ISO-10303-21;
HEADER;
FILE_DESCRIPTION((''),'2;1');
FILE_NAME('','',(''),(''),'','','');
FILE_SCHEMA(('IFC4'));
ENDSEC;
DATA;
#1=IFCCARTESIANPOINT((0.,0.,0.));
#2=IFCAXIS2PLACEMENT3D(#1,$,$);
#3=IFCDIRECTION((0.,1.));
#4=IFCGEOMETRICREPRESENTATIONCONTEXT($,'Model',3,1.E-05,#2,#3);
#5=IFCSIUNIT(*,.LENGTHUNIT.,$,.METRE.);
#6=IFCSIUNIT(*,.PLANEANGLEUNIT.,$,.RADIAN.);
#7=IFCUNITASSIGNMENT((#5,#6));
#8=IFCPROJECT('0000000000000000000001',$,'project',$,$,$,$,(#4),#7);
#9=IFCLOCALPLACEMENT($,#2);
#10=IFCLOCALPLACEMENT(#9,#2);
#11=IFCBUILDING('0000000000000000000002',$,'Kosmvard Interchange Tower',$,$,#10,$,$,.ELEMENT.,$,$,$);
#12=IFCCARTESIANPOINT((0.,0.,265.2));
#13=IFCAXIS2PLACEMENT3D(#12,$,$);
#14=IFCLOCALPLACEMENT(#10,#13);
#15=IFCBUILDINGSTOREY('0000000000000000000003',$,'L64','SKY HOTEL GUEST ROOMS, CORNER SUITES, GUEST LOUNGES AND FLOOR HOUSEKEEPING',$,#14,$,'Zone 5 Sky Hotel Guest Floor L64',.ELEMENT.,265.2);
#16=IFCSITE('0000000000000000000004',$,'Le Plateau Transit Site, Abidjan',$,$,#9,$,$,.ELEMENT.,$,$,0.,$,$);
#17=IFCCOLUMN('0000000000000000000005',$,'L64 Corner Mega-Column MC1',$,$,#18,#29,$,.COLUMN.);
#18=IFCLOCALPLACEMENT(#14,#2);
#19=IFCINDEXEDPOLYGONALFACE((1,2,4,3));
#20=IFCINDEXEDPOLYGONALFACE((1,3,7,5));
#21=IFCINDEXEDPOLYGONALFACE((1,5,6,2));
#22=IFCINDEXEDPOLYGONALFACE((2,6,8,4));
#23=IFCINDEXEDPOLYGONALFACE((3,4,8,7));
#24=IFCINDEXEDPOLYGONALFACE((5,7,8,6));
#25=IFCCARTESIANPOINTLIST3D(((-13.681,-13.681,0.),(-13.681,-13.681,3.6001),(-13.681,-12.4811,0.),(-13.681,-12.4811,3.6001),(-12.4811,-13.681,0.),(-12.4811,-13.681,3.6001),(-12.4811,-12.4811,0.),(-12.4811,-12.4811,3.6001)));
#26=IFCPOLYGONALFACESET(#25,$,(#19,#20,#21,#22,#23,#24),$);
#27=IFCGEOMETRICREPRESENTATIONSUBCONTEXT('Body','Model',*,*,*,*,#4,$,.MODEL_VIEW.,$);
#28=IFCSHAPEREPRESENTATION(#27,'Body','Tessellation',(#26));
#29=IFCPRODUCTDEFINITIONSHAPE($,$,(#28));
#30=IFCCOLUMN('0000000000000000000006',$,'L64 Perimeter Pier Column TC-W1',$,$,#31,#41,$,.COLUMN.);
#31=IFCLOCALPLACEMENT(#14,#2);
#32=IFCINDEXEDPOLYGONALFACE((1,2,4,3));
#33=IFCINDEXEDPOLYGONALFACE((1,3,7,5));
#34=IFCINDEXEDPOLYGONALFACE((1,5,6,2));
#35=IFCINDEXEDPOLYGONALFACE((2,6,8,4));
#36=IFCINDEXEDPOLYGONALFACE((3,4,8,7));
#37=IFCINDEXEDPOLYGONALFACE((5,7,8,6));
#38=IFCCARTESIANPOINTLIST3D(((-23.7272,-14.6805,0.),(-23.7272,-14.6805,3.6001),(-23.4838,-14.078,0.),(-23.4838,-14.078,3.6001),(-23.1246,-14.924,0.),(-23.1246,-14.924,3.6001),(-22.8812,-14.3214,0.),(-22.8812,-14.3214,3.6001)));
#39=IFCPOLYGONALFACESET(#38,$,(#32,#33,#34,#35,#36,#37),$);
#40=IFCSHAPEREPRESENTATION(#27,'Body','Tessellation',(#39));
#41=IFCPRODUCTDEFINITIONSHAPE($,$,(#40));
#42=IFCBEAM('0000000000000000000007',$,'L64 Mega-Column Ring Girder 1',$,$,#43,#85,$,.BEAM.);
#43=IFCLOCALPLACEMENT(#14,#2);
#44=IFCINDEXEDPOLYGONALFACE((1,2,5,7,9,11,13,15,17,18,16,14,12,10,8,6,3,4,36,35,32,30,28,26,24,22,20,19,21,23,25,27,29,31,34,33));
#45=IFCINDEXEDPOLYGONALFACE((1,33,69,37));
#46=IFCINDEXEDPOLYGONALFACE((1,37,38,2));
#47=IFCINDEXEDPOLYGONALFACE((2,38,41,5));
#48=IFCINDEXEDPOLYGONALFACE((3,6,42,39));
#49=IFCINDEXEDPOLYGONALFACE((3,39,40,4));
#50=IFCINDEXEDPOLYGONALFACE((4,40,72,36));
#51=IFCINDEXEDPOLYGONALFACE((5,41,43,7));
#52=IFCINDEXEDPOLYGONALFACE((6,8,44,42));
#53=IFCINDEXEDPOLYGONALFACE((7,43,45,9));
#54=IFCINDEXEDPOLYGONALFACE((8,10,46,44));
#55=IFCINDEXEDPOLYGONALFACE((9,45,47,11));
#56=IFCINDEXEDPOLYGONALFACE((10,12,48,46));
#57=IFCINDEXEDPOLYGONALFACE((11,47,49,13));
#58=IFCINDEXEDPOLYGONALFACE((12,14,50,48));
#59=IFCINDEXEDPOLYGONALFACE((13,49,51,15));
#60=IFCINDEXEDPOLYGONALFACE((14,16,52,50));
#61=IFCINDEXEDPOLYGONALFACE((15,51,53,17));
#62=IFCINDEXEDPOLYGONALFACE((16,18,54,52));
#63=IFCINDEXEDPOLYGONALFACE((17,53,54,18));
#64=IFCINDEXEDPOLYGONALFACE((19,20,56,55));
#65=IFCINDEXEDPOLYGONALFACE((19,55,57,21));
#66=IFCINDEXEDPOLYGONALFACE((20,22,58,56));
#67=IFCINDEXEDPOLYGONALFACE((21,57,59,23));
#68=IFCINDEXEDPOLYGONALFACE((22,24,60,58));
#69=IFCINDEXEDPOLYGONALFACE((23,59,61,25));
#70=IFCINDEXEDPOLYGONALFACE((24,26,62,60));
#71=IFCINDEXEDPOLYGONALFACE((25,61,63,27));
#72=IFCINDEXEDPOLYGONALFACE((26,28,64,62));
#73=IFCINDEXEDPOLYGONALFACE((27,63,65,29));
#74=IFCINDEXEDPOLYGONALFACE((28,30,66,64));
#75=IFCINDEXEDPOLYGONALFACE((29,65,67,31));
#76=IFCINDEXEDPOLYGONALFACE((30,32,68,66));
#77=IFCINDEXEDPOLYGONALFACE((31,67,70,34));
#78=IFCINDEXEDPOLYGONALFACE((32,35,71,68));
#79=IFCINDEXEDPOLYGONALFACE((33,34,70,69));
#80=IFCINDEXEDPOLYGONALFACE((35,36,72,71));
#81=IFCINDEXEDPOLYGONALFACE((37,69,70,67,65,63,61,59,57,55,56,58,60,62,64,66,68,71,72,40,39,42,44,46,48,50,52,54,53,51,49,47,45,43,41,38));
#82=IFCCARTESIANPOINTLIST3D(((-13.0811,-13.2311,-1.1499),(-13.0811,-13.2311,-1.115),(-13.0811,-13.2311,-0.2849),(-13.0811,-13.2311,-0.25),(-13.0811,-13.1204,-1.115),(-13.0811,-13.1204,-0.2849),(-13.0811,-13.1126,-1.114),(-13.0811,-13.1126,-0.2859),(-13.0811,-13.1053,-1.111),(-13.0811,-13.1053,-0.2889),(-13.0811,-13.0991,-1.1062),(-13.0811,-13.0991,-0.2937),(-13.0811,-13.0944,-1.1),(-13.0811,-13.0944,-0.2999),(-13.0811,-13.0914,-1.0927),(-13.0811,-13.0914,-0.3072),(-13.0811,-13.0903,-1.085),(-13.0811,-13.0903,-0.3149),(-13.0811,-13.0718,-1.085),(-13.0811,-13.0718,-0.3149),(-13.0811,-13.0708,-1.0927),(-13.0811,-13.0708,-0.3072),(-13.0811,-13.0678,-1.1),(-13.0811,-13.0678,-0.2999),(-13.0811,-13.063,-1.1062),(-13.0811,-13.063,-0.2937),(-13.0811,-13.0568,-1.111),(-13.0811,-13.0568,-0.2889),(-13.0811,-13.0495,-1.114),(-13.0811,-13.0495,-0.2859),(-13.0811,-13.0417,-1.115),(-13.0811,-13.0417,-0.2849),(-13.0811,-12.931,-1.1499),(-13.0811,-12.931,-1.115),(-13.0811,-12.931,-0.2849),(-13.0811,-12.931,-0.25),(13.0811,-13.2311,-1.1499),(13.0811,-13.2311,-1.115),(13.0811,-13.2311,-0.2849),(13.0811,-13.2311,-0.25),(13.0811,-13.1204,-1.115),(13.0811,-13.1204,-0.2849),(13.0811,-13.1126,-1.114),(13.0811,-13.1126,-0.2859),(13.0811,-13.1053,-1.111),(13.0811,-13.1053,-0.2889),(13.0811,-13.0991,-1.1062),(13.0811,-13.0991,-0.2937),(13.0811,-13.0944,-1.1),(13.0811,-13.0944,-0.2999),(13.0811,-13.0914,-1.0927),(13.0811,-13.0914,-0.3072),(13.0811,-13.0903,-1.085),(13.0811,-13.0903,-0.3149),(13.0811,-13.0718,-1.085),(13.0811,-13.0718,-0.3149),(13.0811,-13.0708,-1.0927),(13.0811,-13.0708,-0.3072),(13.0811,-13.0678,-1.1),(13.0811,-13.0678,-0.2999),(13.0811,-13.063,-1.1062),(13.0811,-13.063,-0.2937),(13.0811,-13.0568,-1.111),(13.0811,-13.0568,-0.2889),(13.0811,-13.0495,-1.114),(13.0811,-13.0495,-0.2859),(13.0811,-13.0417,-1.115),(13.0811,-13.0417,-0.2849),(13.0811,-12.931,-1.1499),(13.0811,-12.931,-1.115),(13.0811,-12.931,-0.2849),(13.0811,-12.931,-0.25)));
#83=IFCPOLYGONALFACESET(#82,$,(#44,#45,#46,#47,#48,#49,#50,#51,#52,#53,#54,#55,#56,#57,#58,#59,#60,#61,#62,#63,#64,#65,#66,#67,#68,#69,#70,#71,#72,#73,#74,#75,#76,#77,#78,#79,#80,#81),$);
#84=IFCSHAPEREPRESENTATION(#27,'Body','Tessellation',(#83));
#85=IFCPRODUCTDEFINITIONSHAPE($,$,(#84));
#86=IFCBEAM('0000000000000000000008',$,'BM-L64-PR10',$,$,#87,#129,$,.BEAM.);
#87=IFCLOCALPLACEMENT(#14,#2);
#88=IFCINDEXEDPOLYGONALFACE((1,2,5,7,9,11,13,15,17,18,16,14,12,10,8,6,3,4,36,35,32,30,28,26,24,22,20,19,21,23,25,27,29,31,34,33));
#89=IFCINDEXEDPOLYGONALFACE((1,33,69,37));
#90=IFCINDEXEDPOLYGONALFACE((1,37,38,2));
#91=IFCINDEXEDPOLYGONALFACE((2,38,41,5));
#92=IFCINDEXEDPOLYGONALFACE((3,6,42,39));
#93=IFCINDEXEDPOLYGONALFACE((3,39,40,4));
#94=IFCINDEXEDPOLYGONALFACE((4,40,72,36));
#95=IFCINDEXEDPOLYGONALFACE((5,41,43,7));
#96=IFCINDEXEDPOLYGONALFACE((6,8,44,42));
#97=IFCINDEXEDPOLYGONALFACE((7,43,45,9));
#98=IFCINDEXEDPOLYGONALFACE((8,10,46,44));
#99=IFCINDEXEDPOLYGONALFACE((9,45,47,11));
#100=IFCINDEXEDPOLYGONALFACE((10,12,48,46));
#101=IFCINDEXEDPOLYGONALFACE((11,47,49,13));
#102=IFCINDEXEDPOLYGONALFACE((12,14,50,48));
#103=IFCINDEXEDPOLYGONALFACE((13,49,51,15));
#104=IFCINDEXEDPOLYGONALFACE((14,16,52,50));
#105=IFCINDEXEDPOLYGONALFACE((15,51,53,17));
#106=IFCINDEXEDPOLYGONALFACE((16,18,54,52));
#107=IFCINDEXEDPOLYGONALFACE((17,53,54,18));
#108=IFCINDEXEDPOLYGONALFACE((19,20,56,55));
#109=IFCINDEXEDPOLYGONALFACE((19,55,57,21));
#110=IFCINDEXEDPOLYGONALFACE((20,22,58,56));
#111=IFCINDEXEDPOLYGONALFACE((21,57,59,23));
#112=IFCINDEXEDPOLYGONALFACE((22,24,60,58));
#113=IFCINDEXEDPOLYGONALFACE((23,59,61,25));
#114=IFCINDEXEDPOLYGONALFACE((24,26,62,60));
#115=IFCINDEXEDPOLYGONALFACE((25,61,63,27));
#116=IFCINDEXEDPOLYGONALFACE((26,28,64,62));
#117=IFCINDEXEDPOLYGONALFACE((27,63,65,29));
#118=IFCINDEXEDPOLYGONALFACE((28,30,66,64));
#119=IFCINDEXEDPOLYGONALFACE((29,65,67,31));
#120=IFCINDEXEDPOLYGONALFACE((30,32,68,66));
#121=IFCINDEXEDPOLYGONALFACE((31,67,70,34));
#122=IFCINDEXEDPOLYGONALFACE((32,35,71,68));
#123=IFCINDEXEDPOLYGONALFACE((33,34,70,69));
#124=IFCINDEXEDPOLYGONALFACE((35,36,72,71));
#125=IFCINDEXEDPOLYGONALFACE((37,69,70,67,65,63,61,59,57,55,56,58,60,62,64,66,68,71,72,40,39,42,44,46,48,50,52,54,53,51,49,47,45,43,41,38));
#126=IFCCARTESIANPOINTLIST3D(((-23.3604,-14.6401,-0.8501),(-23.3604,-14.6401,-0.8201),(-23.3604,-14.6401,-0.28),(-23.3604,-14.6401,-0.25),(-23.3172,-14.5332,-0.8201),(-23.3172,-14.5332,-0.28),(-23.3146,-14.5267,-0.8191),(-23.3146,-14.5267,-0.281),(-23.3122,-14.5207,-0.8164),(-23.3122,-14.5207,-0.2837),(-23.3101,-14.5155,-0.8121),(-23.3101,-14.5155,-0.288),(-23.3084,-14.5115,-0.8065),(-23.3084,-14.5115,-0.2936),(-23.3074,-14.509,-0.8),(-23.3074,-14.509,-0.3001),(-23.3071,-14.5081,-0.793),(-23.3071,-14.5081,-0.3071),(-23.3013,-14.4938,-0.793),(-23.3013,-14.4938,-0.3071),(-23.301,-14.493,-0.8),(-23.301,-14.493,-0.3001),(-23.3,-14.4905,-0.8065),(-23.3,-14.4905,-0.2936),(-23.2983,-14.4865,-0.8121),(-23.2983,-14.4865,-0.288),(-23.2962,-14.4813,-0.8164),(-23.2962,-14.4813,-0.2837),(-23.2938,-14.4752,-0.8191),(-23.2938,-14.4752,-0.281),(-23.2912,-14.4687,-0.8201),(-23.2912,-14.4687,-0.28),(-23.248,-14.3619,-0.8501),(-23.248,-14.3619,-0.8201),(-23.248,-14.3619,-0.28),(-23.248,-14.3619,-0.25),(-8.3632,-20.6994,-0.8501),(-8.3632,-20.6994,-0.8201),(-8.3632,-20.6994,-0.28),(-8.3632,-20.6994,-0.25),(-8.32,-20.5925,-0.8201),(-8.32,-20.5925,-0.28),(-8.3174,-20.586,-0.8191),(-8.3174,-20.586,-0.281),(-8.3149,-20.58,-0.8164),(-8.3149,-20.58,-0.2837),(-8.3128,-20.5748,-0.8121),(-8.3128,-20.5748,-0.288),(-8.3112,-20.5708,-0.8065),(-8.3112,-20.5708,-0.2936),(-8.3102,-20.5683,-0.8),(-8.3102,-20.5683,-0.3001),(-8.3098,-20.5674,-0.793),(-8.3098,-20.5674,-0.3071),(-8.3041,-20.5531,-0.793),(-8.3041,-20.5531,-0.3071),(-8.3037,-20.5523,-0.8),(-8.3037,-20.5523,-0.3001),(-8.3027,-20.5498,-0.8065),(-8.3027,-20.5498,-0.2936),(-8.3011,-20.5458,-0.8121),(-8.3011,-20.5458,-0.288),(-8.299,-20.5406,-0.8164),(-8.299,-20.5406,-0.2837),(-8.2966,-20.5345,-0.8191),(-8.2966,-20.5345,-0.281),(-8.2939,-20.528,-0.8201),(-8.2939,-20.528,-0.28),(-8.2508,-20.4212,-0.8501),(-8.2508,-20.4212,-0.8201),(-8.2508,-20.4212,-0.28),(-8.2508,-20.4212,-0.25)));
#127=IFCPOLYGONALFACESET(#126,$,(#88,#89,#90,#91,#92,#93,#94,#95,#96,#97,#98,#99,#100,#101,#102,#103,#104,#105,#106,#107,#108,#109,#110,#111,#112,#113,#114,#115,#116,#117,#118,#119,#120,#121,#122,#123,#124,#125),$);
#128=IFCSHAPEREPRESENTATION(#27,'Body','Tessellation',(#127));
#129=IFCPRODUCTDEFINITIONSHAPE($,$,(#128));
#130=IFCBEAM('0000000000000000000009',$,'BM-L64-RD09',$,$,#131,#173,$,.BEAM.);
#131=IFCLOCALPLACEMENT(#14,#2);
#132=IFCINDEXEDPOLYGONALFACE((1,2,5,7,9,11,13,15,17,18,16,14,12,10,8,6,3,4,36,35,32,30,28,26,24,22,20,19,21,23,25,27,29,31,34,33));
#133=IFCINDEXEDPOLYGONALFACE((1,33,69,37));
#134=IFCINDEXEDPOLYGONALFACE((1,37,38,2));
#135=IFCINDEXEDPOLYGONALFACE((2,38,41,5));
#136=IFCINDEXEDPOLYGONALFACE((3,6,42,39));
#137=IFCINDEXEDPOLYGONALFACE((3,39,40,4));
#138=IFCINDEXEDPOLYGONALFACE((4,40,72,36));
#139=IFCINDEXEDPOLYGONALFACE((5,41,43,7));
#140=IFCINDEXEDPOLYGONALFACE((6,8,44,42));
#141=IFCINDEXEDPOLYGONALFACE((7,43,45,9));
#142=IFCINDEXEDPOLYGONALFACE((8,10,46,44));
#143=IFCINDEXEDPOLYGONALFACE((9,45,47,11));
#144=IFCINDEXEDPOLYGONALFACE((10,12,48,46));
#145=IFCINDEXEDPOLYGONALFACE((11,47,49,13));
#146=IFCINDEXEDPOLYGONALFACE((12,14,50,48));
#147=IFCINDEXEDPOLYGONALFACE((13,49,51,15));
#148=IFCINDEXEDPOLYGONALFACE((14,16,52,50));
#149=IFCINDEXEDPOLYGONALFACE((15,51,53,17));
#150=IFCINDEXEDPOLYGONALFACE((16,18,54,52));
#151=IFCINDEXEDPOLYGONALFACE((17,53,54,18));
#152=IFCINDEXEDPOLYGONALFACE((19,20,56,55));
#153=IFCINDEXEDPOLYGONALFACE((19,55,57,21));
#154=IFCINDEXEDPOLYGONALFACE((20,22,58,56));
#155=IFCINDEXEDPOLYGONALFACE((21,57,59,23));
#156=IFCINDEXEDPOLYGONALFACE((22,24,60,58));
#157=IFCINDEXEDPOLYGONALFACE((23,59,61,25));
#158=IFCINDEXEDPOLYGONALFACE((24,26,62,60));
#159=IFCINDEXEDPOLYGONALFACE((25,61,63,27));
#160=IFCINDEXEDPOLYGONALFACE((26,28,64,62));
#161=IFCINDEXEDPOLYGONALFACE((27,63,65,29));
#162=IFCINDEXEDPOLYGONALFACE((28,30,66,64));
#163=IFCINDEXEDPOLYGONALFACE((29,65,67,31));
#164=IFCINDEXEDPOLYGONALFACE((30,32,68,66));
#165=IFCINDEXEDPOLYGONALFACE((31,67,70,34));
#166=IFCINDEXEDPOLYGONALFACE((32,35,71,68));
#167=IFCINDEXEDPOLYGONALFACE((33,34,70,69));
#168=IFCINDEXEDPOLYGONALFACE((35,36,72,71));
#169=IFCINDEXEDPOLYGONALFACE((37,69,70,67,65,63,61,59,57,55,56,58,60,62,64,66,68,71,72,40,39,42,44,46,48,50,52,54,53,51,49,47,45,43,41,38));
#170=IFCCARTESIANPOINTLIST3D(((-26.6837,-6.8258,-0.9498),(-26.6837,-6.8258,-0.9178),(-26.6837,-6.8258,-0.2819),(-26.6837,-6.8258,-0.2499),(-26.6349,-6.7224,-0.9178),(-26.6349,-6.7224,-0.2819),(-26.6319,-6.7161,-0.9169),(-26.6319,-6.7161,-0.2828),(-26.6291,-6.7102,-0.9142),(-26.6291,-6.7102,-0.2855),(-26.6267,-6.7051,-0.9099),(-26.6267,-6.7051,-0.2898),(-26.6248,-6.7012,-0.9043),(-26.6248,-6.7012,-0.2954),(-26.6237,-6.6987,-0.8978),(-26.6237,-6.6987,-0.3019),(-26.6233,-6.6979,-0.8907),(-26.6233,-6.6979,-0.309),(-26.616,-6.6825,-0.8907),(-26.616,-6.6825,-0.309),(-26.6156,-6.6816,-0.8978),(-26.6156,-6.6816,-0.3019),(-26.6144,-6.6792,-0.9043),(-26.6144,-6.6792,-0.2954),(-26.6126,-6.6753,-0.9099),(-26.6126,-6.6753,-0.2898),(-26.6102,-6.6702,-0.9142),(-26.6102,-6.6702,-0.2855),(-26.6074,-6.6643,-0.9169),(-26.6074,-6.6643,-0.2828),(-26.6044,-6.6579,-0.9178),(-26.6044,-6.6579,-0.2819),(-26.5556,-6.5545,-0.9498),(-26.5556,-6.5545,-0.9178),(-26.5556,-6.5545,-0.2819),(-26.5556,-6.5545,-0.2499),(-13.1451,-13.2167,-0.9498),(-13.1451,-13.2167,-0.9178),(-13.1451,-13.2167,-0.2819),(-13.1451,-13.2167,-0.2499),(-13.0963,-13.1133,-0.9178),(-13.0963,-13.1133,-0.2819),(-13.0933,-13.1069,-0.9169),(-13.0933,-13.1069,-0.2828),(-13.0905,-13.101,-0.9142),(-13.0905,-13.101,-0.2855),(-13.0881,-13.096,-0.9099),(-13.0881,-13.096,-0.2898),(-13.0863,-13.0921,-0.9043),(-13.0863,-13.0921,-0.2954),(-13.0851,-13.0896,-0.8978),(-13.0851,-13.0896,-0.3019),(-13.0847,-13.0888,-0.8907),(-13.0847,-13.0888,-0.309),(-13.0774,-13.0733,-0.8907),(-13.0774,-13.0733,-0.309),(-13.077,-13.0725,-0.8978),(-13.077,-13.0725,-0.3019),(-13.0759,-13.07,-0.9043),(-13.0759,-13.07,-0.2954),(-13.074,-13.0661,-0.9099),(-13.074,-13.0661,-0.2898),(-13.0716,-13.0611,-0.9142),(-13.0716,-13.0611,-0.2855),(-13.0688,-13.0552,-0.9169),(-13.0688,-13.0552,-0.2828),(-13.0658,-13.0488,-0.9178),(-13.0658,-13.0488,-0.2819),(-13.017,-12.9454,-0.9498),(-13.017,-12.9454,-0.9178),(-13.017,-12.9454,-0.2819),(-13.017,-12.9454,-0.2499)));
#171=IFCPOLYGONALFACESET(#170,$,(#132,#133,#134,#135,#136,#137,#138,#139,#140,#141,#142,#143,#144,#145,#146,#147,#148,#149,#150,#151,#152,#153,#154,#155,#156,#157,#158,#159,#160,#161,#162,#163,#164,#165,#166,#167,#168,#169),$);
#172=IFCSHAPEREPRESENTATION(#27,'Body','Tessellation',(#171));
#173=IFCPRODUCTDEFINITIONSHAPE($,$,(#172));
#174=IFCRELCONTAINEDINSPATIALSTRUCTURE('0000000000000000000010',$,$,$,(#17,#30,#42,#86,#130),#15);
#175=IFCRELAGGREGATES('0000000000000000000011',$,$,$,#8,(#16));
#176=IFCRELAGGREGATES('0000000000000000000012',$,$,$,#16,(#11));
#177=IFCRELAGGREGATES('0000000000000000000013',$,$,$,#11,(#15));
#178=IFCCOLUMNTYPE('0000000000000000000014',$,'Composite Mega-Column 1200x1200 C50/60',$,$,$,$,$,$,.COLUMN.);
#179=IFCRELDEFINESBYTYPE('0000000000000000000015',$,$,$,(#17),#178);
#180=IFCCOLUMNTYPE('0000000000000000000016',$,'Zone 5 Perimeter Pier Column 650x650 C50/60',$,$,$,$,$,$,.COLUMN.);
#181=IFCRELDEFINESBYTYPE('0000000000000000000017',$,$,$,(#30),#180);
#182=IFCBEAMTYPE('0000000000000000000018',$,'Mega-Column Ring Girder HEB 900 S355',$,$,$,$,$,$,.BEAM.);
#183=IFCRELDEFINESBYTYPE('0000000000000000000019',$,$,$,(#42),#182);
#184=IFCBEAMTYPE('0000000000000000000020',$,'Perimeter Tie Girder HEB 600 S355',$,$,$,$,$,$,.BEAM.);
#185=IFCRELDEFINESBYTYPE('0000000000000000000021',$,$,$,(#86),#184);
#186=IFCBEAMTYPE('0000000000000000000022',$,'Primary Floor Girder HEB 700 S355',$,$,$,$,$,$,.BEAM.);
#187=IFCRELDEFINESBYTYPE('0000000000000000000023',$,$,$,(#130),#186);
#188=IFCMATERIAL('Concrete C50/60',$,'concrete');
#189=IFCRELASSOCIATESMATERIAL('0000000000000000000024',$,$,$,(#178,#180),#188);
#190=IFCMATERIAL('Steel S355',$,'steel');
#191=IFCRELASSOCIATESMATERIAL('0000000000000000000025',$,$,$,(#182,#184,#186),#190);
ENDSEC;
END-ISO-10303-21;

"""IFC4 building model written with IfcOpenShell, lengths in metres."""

from ifc_helpers import new_model, si_unit, direction, frame, origin, origin_2d, place, context, subcontext, project, spatial, rectangle, i_section, extrude, source, transform, mapped, material, material_profile, profile_set, type_object, element, save


model = new_model("IFC4")

# Units and contexts
model_context = context("Model", 3, precision=1e-05, world=origin(), true_north=direction((0.0, 1.0)))
body_context = subcontext(model_context, "Body", "Model", "MODEL_VIEW")
ifc_project = project(units=[si_unit("LENGTHUNIT", "METRE"), si_unit("PLANEANGLEUNIT", "RADIAN")], contexts=[model_context])

# Site, building, storey
site_placement = place(None, origin())
site = spatial("IfcSite", under=ifc_project, at=site_placement, Name="Le Plateau Transit Site, Abidjan", CompositionType="ELEMENT", RefElevation=0.0)
building_placement = place(site_placement, origin())
building = spatial("IfcBuilding", under=site, at=building_placement, Name="Kosmvard Interchange Tower", CompositionType="ELEMENT")
storey_placement = place(building_placement, frame((0.0, 0.0, 265.2)))
storey = spatial("IfcBuildingStorey", under=building, at=storey_placement, Name="L64", Description="SKY HOTEL GUEST ROOMS, CORNER SUITES, GUEST LOUNGES AND FLOOR HOUSEKEEPING", LongName="Zone 5 Sky Hotel Guest Floor L64", CompositionType="ELEMENT", Elevation=265.2)

# Columns
ifc_material_1 = material(Name="Concrete C50/60", Category="concrete")
ifc_material_profile_1 = material_profile(ifc_material_1, rectangle(XDim=1.2, YDim=1.2, at=origin_2d()), Name="MC 1200x1200")
ifc_profile_set_1 = profile_set([ifc_material_profile_1], Name="Concrete C50/60")
column_type_1 = type_object("IfcColumnType", Name="Composite Mega-Column 1200x1200 C50/60", PredefinedType="COLUMN", material=ifc_profile_set_1)
shared_shape_1 = source(origin(), body_context, "Body", "SweptSolid", [
    extrude(rectangle(XDim=1.2, YDim=1.2, at=origin_2d()), origin(), (0.0, 0.0, 1.0), 3.6001),
])
column_1_placement = place(storey_placement, frame((-13.0811, -13.0811, 0.0), z_axis=(0.0, 0.0, 1.0), x_axis=(1.0, 0.0, 0.0)))
element("IfcColumn", 1, at=column_1_placement, inside=storey, type_object=column_type_1, Name="L64 Corner Mega-Column MC1", PredefinedType="COLUMN", context=body_context, shape_type="MappedRepresentation", body=[
    mapped(shared_shape_1, transform((0.0, 0.0, 0.0), scale=1.0)),
])
ifc_material_profile_2 = material_profile(ifc_material_1, rectangle(XDim=0.6499, YDim=0.6499, at=origin_2d()), Name="TC 650x650")
ifc_profile_set_2 = profile_set([ifc_material_profile_2], Name="Concrete C50/60")
column_type_2 = type_object("IfcColumnType", Name="Zone 5 Perimeter Pier Column 650x650 C50/60", PredefinedType="COLUMN", material=ifc_profile_set_2)
shared_shape_2 = source(origin(), body_context, "Body", "SweptSolid", [
    extrude(rectangle(XDim=0.6499, YDim=0.6499, at=origin_2d()), origin(), (0.0, 0.0, 1.0), 3.6001),
])
column_2_placement = place(storey_placement, frame((-23.3042, -14.501, 0.0), z_axis=(0.0, 0.0, 1.0), x_axis=(0.374607, 0.927184, 0.0)))
element("IfcColumn", 2, at=column_2_placement, inside=storey, type_object=column_type_2, Name="L64 Perimeter Pier Column TC-W1", PredefinedType="COLUMN", context=body_context, shape_type="MappedRepresentation", body=[
    mapped(shared_shape_2, transform((0.0, 0.0, 0.0), scale=1.0)),
])

# Beams
ifc_material_2 = material(Name="Steel S355", Category="steel")
ifc_material_profile_3 = material_profile(ifc_material_2, i_section(OverallWidth=0.3, OverallDepth=0.8999, WebThickness=0.0186, FlangeThickness=0.0349, FilletRadius=0.03, at=origin_2d()), Name="HEB 900")
ifc_profile_set_3 = profile_set([ifc_material_profile_3], Name="Steel S355")
beam_type_1 = type_object("IfcBeamType", Name="Mega-Column Ring Girder HEB 900 S355", PredefinedType="BEAM", material=ifc_profile_set_3)
shared_shape_3 = source(origin(), body_context, "Body", "SweptSolid", [
    extrude(i_section(OverallWidth=0.3, OverallDepth=0.8999, WebThickness=0.0186, FlangeThickness=0.0349, FilletRadius=0.03, at=origin_2d()), origin(), (0.0, 0.0, 1.0), 26.1621),
])
beam_1_placement = place(storey_placement, frame((-13.0811, -13.0811, -0.7), z_axis=(1.0, 0.0, 0.0), x_axis=(0.0, 1.0, 0.0)))
element("IfcBeam", 3, at=beam_1_placement, inside=storey, type_object=beam_type_1, Name="L64 Mega-Column Ring Girder 1", PredefinedType="BEAM", context=body_context, shape_type="MappedRepresentation", body=[
    mapped(shared_shape_3, transform((0.0, 0.0, 0.0), scale=1.0)),
])
ifc_material_profile_4 = material_profile(ifc_material_2, i_section(OverallWidth=0.3, OverallDepth=0.6001, WebThickness=0.0154, FlangeThickness=0.03, FilletRadius=0.0271, at=origin_2d()), Name="HEB 600")
ifc_profile_set_4 = profile_set([ifc_material_profile_4], Name="Steel S355")
beam_type_2 = type_object("IfcBeamType", Name="Perimeter Tie Girder HEB 600 S355", PredefinedType="BEAM", material=ifc_profile_set_4)
shared_shape_4 = source(origin(), body_context, "Body", "SweptSolid", [
    extrude(i_section(OverallWidth=0.3, OverallDepth=0.6001, WebThickness=0.0154, FlangeThickness=0.03, FilletRadius=0.0271, at=origin_2d()), origin(), (0.0, 0.0, 1.0), 16.175),
])
beam_2_placement = place(storey_placement, frame((-23.3042, -14.501, -0.55), z_axis=(0.927183, -0.374608, 0.0), x_axis=(0.374608, 0.927183, 0.0)))
element("IfcBeam", 4, at=beam_2_placement, inside=storey, type_object=beam_type_2, Name="BM-L64-PR10", PredefinedType="BEAM", context=body_context, shape_type="MappedRepresentation", body=[
    mapped(shared_shape_4, transform((0.0, 0.0, 0.0), scale=1.0)),
])
ifc_material_profile_5 = material_profile(ifc_material_2, i_section(OverallWidth=0.3, OverallDepth=0.7, WebThickness=0.0171, FlangeThickness=0.032, FilletRadius=0.0271, at=origin_2d()), Name="HEB 700")
ifc_profile_set_5 = profile_set([ifc_material_profile_5], Name="Steel S355")
beam_type_3 = type_object("IfcBeamType", Name="Primary Floor Girder HEB 700 S355", PredefinedType="BEAM", material=ifc_profile_set_5)
shared_shape_5 = source(origin(), body_context, "Body", "SweptSolid", [
    extrude(i_section(OverallWidth=0.3, OverallDepth=0.7, WebThickness=0.0171, FlangeThickness=0.032, FilletRadius=0.0271, at=origin_2d()), origin(), (0.0, 0.0, 1.0), 14.9712),
])
beam_3_placement = place(storey_placement, frame((-13.0811, -13.0811, -0.5999), z_axis=(-0.904309, 0.426878, 0.0), x_axis=(-0.426878, -0.904309, 0.0)))
element("IfcBeam", 5, at=beam_3_placement, inside=storey, type_object=beam_type_3, Name="BM-L64-RD09", PredefinedType="BEAM", context=body_context, shape_type="MappedRepresentation", body=[
    mapped(shared_shape_5, transform((0.0, 0.0, 0.0), scale=1.0)),
])

save(model, "model.ifc")
